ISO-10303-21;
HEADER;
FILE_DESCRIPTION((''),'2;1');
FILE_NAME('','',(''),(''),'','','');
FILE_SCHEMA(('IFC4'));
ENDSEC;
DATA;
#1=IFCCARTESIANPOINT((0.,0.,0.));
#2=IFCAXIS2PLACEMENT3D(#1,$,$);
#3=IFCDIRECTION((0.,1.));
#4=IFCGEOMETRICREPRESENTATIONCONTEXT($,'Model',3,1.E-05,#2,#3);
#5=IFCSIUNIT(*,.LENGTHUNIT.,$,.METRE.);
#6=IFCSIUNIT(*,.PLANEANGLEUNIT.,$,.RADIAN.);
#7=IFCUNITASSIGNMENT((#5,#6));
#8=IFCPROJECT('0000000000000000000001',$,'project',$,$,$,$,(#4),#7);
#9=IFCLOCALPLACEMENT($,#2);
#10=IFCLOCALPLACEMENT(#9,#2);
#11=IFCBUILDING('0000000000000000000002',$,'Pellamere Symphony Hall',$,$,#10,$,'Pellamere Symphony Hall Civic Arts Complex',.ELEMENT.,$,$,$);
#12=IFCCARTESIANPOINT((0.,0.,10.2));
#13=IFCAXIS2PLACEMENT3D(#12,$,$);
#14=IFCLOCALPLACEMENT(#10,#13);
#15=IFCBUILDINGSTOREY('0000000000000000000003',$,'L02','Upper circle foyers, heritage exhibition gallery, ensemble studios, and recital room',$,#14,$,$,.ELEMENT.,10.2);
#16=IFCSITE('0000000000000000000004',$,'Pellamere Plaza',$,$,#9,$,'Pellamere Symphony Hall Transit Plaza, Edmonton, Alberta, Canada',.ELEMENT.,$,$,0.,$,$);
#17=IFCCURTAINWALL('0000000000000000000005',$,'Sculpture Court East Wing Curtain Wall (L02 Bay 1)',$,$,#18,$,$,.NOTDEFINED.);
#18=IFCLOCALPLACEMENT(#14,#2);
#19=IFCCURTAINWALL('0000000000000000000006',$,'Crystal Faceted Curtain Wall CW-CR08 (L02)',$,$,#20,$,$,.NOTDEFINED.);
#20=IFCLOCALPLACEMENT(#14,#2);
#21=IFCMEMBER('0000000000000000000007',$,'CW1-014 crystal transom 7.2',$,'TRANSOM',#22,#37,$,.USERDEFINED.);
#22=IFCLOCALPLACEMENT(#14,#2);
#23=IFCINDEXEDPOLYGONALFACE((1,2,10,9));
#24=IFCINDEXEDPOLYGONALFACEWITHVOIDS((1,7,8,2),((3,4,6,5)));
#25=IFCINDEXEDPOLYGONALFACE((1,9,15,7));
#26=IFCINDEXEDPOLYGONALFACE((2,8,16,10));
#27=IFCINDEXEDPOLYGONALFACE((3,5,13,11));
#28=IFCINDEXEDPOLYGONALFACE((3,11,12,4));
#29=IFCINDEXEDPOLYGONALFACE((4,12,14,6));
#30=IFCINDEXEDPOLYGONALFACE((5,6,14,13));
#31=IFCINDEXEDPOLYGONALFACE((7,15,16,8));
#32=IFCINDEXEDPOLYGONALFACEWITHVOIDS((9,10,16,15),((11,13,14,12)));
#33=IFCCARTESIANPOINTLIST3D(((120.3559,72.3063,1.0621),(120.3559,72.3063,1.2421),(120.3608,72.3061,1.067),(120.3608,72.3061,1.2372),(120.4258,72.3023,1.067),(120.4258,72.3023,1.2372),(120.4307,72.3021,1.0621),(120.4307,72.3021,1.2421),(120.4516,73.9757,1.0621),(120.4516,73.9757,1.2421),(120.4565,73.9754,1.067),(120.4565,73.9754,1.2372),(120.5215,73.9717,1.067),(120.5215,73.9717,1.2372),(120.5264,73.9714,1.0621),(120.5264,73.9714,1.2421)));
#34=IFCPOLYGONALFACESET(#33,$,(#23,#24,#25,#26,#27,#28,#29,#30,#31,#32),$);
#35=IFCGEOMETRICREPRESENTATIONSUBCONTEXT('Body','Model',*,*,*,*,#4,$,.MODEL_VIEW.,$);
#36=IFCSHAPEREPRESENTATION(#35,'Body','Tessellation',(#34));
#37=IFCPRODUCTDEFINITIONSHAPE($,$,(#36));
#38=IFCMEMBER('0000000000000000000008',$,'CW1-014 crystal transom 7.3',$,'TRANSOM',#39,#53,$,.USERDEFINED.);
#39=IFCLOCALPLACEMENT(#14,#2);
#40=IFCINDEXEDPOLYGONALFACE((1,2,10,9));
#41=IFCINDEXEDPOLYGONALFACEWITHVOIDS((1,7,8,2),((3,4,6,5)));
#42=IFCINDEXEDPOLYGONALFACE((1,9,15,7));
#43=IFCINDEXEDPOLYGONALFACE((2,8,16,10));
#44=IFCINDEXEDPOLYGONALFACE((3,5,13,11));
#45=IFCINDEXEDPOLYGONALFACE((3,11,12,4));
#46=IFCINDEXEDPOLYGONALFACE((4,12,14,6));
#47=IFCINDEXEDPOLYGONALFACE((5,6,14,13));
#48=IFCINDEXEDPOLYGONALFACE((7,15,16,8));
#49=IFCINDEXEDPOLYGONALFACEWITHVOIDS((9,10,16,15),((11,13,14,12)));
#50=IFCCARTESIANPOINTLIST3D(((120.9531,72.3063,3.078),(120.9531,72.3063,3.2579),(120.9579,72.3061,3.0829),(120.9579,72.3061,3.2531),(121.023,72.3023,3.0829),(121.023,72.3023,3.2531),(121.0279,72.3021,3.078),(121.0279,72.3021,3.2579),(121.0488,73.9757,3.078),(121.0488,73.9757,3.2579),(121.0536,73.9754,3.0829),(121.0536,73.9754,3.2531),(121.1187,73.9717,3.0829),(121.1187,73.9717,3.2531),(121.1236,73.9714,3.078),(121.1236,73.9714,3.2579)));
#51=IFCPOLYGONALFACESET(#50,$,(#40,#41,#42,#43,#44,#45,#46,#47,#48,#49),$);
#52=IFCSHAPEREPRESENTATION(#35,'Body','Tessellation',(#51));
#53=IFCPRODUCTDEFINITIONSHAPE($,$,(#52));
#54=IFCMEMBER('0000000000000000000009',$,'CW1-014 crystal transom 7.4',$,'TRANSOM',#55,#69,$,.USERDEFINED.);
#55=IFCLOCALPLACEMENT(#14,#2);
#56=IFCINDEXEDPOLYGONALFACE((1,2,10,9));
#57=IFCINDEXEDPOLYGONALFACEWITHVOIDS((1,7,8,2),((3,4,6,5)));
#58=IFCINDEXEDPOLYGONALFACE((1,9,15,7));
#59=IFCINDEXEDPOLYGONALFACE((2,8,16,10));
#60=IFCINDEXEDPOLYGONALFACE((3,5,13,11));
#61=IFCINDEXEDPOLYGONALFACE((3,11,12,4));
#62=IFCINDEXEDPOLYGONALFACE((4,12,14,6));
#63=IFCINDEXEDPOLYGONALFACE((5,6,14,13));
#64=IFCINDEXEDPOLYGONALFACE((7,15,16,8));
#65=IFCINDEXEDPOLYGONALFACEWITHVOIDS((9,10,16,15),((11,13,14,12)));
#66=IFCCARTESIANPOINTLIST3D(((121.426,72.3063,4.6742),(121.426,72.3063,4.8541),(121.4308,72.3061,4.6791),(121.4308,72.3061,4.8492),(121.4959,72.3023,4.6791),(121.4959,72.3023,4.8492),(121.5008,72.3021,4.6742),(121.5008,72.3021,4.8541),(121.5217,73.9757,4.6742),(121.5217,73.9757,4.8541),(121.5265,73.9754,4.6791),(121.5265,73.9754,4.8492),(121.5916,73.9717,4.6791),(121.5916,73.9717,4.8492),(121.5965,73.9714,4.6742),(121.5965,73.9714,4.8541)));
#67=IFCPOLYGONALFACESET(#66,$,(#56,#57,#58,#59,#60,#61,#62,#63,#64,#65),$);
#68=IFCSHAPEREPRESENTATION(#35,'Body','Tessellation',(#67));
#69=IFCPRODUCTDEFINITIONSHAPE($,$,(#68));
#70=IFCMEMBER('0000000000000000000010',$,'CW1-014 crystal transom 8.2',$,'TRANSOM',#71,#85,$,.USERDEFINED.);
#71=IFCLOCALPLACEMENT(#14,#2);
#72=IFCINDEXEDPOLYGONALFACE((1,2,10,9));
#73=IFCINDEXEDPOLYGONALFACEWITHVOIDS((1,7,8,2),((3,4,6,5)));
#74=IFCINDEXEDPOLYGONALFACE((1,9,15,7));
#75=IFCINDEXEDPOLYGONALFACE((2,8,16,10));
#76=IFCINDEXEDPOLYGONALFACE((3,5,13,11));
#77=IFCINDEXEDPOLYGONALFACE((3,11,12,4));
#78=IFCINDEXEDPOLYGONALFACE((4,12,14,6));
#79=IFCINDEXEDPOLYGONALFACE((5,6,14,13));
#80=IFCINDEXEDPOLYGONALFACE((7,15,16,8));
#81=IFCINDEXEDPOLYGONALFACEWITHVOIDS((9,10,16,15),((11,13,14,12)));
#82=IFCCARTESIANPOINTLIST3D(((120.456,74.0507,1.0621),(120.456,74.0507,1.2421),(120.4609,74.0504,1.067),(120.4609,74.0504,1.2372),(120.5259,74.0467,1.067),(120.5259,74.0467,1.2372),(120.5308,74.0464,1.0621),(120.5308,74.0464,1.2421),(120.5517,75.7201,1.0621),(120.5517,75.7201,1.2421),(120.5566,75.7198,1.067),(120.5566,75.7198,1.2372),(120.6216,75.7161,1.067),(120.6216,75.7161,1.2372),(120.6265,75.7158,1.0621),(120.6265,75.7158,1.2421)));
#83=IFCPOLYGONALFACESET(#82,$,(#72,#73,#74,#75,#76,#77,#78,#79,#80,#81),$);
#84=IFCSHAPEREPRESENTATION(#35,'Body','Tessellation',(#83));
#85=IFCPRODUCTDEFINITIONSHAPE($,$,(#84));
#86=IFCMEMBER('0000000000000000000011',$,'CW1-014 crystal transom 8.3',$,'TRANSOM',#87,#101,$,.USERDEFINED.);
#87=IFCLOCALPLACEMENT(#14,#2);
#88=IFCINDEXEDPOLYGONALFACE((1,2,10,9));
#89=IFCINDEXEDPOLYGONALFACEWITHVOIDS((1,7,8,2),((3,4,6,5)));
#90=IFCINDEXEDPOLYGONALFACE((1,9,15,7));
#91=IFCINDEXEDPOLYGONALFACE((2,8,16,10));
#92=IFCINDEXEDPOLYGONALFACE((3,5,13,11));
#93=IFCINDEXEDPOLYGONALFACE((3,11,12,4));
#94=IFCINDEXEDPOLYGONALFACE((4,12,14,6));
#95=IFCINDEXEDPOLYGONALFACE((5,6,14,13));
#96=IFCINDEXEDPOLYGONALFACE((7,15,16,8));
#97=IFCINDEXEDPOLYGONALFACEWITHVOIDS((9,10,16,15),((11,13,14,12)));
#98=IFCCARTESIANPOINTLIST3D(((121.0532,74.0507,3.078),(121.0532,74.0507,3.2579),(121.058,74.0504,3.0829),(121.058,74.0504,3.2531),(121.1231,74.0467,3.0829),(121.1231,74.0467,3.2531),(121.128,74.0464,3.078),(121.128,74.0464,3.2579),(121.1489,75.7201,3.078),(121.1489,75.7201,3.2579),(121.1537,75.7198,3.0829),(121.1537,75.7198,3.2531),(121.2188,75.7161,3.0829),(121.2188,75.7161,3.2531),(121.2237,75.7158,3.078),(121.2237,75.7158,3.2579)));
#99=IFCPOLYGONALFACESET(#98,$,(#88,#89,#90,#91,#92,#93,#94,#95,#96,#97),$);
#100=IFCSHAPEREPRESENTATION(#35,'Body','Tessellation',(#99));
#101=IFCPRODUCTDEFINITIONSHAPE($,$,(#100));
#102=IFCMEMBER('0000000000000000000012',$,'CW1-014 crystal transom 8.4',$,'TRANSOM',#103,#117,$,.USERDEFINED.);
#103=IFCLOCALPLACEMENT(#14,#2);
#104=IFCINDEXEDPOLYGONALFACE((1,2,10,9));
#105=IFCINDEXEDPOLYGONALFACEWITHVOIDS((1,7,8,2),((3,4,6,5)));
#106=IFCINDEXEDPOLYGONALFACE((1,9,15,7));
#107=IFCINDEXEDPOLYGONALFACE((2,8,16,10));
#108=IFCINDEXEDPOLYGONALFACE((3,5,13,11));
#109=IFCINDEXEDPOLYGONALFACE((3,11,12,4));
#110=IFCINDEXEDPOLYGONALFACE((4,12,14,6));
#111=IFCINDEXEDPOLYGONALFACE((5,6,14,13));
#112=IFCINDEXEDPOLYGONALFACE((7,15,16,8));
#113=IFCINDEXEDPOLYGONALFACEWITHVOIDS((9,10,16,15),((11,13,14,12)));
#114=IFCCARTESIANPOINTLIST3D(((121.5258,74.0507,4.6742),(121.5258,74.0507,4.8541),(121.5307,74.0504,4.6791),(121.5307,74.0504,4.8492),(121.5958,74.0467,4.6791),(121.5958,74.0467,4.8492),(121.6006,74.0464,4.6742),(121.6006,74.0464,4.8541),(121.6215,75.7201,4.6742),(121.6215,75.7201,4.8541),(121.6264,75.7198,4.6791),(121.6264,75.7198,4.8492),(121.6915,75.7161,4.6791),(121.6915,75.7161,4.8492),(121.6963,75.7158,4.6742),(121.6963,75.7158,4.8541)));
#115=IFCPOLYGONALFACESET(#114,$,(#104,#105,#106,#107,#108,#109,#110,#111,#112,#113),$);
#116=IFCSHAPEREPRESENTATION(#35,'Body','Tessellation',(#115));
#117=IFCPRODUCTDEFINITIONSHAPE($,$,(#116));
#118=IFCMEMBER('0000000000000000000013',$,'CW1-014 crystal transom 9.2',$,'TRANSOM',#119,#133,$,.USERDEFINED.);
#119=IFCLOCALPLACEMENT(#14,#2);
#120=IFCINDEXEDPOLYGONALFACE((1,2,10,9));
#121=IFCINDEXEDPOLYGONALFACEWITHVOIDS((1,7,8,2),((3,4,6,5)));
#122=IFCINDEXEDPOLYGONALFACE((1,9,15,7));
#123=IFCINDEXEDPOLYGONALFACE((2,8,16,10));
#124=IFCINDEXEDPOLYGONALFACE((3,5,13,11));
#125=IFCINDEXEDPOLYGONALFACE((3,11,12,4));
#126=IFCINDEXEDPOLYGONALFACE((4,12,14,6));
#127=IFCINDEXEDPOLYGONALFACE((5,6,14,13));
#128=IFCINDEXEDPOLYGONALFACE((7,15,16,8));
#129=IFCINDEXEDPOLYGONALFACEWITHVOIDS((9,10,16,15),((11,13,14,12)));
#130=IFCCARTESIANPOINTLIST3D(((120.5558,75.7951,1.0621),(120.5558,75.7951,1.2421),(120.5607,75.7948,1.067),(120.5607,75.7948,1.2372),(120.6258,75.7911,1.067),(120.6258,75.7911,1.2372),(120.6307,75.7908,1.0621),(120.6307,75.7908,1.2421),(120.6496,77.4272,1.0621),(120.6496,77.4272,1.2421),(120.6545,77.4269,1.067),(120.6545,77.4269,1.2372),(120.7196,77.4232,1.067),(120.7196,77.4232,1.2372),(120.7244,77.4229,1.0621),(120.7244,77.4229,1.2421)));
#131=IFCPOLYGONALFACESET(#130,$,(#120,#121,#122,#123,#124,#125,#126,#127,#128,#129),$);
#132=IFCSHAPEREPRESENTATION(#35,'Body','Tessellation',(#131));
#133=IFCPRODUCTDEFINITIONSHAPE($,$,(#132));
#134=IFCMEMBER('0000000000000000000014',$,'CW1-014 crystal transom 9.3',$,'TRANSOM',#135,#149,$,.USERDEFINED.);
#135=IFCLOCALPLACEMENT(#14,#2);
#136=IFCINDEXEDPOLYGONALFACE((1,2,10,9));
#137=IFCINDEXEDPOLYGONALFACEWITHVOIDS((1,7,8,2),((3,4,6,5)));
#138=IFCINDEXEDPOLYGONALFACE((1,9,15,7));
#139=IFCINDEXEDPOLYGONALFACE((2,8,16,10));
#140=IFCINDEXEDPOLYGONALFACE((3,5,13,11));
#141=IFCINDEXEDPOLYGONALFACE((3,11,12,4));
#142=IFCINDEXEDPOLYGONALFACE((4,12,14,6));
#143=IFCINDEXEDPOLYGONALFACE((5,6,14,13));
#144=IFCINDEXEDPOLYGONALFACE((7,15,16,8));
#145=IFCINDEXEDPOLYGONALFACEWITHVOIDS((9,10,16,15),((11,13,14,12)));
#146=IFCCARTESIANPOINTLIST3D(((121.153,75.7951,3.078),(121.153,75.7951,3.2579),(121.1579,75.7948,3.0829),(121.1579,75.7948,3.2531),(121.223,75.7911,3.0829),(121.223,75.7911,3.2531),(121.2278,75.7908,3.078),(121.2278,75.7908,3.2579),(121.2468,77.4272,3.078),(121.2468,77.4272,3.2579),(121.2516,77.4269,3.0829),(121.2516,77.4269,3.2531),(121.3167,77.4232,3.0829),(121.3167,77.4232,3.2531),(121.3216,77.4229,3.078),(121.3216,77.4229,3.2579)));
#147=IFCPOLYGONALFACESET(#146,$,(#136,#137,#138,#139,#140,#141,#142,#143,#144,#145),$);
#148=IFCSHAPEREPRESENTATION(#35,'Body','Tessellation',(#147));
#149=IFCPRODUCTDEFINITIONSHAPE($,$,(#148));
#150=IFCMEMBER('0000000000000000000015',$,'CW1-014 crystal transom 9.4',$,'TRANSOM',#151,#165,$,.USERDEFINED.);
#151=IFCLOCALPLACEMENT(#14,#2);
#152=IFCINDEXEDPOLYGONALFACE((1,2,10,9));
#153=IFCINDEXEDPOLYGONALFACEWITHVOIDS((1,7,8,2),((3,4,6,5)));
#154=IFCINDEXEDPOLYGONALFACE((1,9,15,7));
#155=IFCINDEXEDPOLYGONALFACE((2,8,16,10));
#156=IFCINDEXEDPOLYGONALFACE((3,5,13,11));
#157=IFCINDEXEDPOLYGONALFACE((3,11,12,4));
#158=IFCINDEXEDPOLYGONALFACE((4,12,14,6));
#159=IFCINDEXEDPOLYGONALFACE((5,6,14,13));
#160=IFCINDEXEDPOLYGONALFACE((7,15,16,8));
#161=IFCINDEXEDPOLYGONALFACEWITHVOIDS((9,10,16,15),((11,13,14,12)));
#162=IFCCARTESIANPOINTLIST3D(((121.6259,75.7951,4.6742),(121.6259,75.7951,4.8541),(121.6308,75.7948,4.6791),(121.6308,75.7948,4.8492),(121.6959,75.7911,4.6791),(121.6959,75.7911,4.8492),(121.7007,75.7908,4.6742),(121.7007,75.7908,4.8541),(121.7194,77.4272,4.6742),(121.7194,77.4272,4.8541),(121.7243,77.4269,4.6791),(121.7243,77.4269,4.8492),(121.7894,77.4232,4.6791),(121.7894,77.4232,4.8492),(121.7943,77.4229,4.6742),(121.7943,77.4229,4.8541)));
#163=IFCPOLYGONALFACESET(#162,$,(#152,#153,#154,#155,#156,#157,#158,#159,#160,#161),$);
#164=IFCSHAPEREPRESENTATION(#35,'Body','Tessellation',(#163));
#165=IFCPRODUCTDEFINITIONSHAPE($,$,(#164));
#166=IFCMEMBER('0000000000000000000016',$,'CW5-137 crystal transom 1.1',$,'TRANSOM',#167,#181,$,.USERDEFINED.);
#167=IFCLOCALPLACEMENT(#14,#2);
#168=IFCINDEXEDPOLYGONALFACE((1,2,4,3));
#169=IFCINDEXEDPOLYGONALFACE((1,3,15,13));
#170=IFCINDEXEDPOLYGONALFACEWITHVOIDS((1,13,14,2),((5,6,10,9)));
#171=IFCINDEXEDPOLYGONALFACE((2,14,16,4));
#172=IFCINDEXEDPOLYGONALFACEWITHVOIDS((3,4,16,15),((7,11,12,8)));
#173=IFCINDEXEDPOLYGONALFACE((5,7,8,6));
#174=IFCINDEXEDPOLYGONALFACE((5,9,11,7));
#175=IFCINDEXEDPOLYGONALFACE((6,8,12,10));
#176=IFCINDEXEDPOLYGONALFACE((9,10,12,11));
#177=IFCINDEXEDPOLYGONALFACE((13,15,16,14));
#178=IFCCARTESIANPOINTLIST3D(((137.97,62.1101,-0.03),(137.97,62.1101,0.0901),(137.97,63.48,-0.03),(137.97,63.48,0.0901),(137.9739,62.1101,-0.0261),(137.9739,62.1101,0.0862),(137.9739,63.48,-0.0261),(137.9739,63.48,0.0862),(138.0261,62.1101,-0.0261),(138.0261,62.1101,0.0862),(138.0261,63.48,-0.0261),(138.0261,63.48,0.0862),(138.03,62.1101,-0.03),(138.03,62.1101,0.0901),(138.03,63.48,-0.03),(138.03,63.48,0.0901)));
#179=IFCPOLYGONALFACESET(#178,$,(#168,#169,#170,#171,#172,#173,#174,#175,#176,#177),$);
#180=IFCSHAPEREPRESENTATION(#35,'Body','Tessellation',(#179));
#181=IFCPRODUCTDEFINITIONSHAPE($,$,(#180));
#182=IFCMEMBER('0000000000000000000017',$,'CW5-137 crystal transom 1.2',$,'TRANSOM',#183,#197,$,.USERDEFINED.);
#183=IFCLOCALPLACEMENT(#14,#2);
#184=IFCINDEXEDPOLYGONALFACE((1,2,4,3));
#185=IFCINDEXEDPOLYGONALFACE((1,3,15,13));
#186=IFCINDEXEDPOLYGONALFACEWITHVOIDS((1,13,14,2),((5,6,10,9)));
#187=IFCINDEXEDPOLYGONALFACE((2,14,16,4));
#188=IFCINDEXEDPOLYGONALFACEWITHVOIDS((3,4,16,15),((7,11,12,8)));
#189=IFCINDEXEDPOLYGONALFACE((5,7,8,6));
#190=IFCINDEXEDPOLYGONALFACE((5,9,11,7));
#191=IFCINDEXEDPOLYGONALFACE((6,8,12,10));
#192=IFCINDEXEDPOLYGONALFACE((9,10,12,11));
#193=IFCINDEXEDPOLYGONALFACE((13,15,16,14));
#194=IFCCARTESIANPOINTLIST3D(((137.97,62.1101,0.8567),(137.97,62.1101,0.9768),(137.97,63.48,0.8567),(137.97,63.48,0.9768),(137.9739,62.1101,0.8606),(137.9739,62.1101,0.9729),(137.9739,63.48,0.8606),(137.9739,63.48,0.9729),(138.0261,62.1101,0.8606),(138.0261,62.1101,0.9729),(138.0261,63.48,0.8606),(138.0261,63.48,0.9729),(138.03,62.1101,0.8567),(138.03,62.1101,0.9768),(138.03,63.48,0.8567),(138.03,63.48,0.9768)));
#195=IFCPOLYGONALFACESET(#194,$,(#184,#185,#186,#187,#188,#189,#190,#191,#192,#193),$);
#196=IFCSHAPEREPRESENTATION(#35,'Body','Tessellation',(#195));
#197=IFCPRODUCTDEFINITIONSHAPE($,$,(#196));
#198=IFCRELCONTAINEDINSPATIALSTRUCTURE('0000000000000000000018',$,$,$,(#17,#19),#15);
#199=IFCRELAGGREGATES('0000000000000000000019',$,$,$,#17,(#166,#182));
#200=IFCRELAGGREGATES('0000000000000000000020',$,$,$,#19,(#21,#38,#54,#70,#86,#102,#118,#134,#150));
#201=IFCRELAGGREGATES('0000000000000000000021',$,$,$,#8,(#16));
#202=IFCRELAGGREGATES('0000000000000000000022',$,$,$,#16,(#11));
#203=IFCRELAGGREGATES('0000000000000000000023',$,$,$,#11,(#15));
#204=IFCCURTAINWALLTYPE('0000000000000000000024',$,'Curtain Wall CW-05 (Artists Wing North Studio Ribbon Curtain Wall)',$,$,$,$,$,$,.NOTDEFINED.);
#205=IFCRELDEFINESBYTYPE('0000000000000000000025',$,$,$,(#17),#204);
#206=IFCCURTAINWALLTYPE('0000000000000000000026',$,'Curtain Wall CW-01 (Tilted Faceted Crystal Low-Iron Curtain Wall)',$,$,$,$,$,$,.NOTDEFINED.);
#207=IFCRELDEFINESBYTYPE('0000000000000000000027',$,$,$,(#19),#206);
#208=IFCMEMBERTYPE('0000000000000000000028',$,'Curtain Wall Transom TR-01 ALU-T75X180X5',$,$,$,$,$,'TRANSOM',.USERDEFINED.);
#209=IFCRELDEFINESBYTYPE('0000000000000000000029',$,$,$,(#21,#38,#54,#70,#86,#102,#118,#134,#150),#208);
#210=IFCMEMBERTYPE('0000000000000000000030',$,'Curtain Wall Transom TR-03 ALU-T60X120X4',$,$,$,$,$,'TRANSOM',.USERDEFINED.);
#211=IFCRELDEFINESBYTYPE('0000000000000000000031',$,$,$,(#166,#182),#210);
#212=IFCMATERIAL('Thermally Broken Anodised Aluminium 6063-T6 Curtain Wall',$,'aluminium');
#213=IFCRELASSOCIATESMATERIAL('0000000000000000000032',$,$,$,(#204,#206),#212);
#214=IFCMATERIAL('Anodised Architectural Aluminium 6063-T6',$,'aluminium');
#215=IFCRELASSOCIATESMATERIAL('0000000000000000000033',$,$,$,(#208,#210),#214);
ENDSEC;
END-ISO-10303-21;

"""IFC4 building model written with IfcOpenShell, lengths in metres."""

from ifc_helpers import new_model, si_unit, direction, frame, origin, origin_2d, place, context, subcontext, project, spatial, hollow_rectangle, extrude, material, material_profile, profile_set, type_object, element, aggregate, save


model = new_model("IFC4")

# Units and contexts
model_context = context("Model", 3, precision=1e-05, world=origin(), true_north=direction((0.0, 1.0)))
body_context = subcontext(model_context, "Body", "Model", "MODEL_VIEW")
ifc_project = project(units=[si_unit("LENGTHUNIT", "METRE"), si_unit("PLANEANGLEUNIT", "RADIAN")], contexts=[model_context])

# Site, building, storey
site_placement = place(None, origin())
site = spatial("IfcSite", under=ifc_project, at=site_placement, Name="Pellamere Plaza", LongName="Pellamere Symphony Hall Transit Plaza, Edmonton, Alberta, Canada", CompositionType="ELEMENT", RefElevation=0.0)
building_placement = place(site_placement, origin())
building = spatial("IfcBuilding", under=site, at=building_placement, Name="Pellamere Symphony Hall", LongName="Pellamere Symphony Hall Civic Arts Complex", CompositionType="ELEMENT")
storey_placement = place(building_placement, frame((0.0, 0.0, 10.2)))
storey = spatial("IfcBuildingStorey", under=building, at=storey_placement, Name="L02", Description="Upper circle foyers, heritage exhibition gallery, ensemble studios, and recital room", CompositionType="ELEMENT", Elevation=10.2)

# Curtain wall
ifc_material_1 = material(Name="Thermally Broken Anodised Aluminium 6063-T6 Curtain Wall", Category="aluminium")
curtain_wall_type_1 = type_object("IfcCurtainWallType", Name="Curtain Wall CW-05 (Artists Wing North Studio Ribbon Curtain Wall)", PredefinedType="NOTDEFINED", material=ifc_material_1)
curtain_wall_1_placement = place(storey_placement, origin())
curtain_wall_1 = element("IfcCurtainWall", 1, at=curtain_wall_1_placement, inside=storey, type_object=curtain_wall_type_1, Name="Sculpture Court East Wing Curtain Wall (L02 Bay 1)", PredefinedType="NOTDEFINED")
ifc_material_2 = material(Name="Anodised Architectural Aluminium 6063-T6", Category="aluminium")

# Curtain wall, members
curtain_wall_type_2 = type_object("IfcCurtainWallType", Name="Curtain Wall CW-01 (Tilted Faceted Crystal Low-Iron Curtain Wall)", PredefinedType="NOTDEFINED", material=ifc_material_1)
curtain_wall_2_placement = place(storey_placement, origin())
curtain_wall_2 = element("IfcCurtainWall", 2, at=curtain_wall_2_placement, inside=storey, type_object=curtain_wall_type_2, Name="Crystal Faceted Curtain Wall CW-CR08 (L02)", PredefinedType="NOTDEFINED")
ifc_material_profile_1 = material_profile(ifc_material_2, hollow_rectangle(XDim=0.075, YDim=0.1799, WallThickness=0.0049, at=origin_2d()), Name="ALU-T75X180X5")
ifc_profile_set_1 = profile_set([ifc_material_profile_1], Name="Anodised Architectural Aluminium 6063-T6")
member_type_1 = type_object("IfcMemberType", Name="Curtain Wall Transom TR-01 ALU-T75X180X5", ElementType="TRANSOM", PredefinedType="USERDEFINED", material=ifc_profile_set_1)
member_1_placement = place(storey_placement, frame((120.3933, 72.3042, 1.1521), z_axis=(0.057233, 0.998361, 0.0), x_axis=(-0.998361, 0.057233, 0.0)))
member_1 = element("IfcMember", 3, at=member_1_placement, type_object=member_type_1, Name="CW1-014 crystal transom 7.2", ObjectType="TRANSOM", PredefinedType="USERDEFINED", context=body_context, shape_type="SweptSolid", body=[
    extrude(hollow_rectangle(XDim=0.075, YDim=0.1799, WallThickness=0.0049, at=origin_2d()), origin(), (0.0, 0.0, 1.0), 1.6721),
])
member_2_placement = place(storey_placement, frame((120.9905, 72.3042, 3.168), z_axis=(0.057233, 0.998361, 0.0), x_axis=(-0.998361, 0.057233, 0.0)))
member_2 = element("IfcMember", 4, at=member_2_placement, type_object=member_type_1, Name="CW1-014 crystal transom 7.3", ObjectType="TRANSOM", PredefinedType="USERDEFINED", context=body_context, shape_type="SweptSolid", body=[
    extrude(hollow_rectangle(XDim=0.075, YDim=0.1799, WallThickness=0.0049, at=origin_2d()), origin(), (0.0, 0.0, 1.0), 1.6721),
])
member_3_placement = place(storey_placement, frame((121.4634, 72.3042, 4.7642), z_axis=(0.057233, 0.998361, 0.0), x_axis=(-0.998361, 0.057233, 0.0)))
member_3 = element("IfcMember", 5, at=member_3_placement, type_object=member_type_1, Name="CW1-014 crystal transom 7.4", ObjectType="TRANSOM", PredefinedType="USERDEFINED", context=body_context, shape_type="SweptSolid", body=[
    extrude(hollow_rectangle(XDim=0.075, YDim=0.1799, WallThickness=0.0049, at=origin_2d()), origin(), (0.0, 0.0, 1.0), 1.6721),
])
member_4_placement = place(storey_placement, frame((120.4934, 74.0486, 1.1521), z_axis=(0.057233, 0.998361, 0.0), x_axis=(-0.998361, 0.057233, 0.0)))
member_4 = element("IfcMember", 6, at=member_4_placement, type_object=member_type_1, Name="CW1-014 crystal transom 8.2", ObjectType="TRANSOM", PredefinedType="USERDEFINED", context=body_context, shape_type="SweptSolid", body=[
    extrude(hollow_rectangle(XDim=0.075, YDim=0.1799, WallThickness=0.0049, at=origin_2d()), origin(), (0.0, 0.0, 1.0), 1.6721),
])
member_5_placement = place(storey_placement, frame((121.0906, 74.0486, 3.168), z_axis=(0.057233, 0.998361, 0.0), x_axis=(-0.998361, 0.057233, 0.0)))
member_5 = element("IfcMember", 7, at=member_5_placement, type_object=member_type_1, Name="CW1-014 crystal transom 8.3", ObjectType="TRANSOM", PredefinedType="USERDEFINED", context=body_context, shape_type="SweptSolid", body=[
    extrude(hollow_rectangle(XDim=0.075, YDim=0.1799, WallThickness=0.0049, at=origin_2d()), origin(), (0.0, 0.0, 1.0), 1.6721),
])
member_6_placement = place(storey_placement, frame((121.5632, 74.0486, 4.7642), z_axis=(0.057233, 0.998361, 0.0), x_axis=(-0.998361, 0.057233, 0.0)))
member_6 = element("IfcMember", 8, at=member_6_placement, type_object=member_type_1, Name="CW1-014 crystal transom 8.4", ObjectType="TRANSOM", PredefinedType="USERDEFINED", context=body_context, shape_type="SweptSolid", body=[
    extrude(hollow_rectangle(XDim=0.075, YDim=0.1799, WallThickness=0.0049, at=origin_2d()), origin(), (0.0, 0.0, 1.0), 1.6721),
])
member_7_placement = place(storey_placement, frame((120.5933, 75.793, 1.1521), z_axis=(0.057348, 0.998354, 0.0), x_axis=(-0.998354, 0.057348, 0.0)))
member_7 = element("IfcMember", 9, at=member_7_placement, type_object=member_type_1, Name="CW1-014 crystal transom 9.2", ObjectType="TRANSOM", PredefinedType="USERDEFINED", context=body_context, shape_type="SweptSolid", body=[
    extrude(hollow_rectangle(XDim=0.075, YDim=0.1799, WallThickness=0.0049, at=origin_2d()), origin(), (0.0, 0.0, 1.0), 1.6348),
])
member_8_placement = place(storey_placement, frame((121.1904, 75.793, 3.168), z_axis=(0.057348, 0.998354, 0.0), x_axis=(-0.998354, 0.057348, 0.0)))
member_8 = element("IfcMember", 10, at=member_8_placement, type_object=member_type_1, Name="CW1-014 crystal transom 9.3", ObjectType="TRANSOM", PredefinedType="USERDEFINED", context=body_context, shape_type="SweptSolid", body=[
    extrude(hollow_rectangle(XDim=0.075, YDim=0.1799, WallThickness=0.0049, at=origin_2d()), origin(), (0.0, 0.0, 1.0), 1.6348),
])
member_9_placement = place(storey_placement, frame((121.6633, 75.793, 4.7642), z_axis=(0.057199, 0.998363, 0.0), x_axis=(-0.998363, 0.057199, 0.0)))
member_9 = element("IfcMember", 11, at=member_9_placement, type_object=member_type_1, Name="CW1-014 crystal transom 9.4", ObjectType="TRANSOM", PredefinedType="USERDEFINED", context=body_context, shape_type="SweptSolid", body=[
    extrude(hollow_rectangle(XDim=0.075, YDim=0.1799, WallThickness=0.0049, at=origin_2d()), origin(), (0.0, 0.0, 1.0), 1.6348),
])

# Members
ifc_material_profile_2 = material_profile(ifc_material_2, hollow_rectangle(XDim=0.0601, YDim=0.1201, WallThickness=0.0039, at=origin_2d()), Name="ALU-T60X120X4")
ifc_profile_set_2 = profile_set([ifc_material_profile_2], Name="Anodised Architectural Aluminium 6063-T6")
member_type_2 = type_object("IfcMemberType", Name="Curtain Wall Transom TR-03 ALU-T60X120X4", ElementType="TRANSOM", PredefinedType="USERDEFINED", material=ifc_profile_set_2)
member_10_placement = place(storey_placement, frame((138.0, 62.1101, 0.03), z_axis=(0.0, 1.0, 0.0), x_axis=(-1.0, 0.0, 0.0)))
member_10 = element("IfcMember", 12, at=member_10_placement, type_object=member_type_2, Name="CW5-137 crystal transom 1.1", ObjectType="TRANSOM", PredefinedType="USERDEFINED", context=body_context, shape_type="SweptSolid", body=[
    extrude(hollow_rectangle(XDim=0.0601, YDim=0.1201, WallThickness=0.0039, at=origin_2d()), origin(), (0.0, 0.0, 1.0), 1.3699),
])
member_11_placement = place(storey_placement, frame((138.0, 62.1101, 0.9167), z_axis=(0.0, 1.0, 0.0), x_axis=(-1.0, 0.0, 0.0)))
member_11 = element("IfcMember", 13, at=member_11_placement, type_object=member_type_2, Name="CW5-137 crystal transom 1.2", ObjectType="TRANSOM", PredefinedType="USERDEFINED", context=body_context, shape_type="SweptSolid", body=[
    extrude(hollow_rectangle(XDim=0.0601, YDim=0.1201, WallThickness=0.0039, at=origin_2d()), origin(), (0.0, 0.0, 1.0), 1.3699),
])

aggregate(curtain_wall_1, [member_10, member_11])
aggregate(curtain_wall_2, [member_1, member_2, member_3, member_4, member_5, member_6, member_7, member_8, member_9])

save(model, "model.ifc")
